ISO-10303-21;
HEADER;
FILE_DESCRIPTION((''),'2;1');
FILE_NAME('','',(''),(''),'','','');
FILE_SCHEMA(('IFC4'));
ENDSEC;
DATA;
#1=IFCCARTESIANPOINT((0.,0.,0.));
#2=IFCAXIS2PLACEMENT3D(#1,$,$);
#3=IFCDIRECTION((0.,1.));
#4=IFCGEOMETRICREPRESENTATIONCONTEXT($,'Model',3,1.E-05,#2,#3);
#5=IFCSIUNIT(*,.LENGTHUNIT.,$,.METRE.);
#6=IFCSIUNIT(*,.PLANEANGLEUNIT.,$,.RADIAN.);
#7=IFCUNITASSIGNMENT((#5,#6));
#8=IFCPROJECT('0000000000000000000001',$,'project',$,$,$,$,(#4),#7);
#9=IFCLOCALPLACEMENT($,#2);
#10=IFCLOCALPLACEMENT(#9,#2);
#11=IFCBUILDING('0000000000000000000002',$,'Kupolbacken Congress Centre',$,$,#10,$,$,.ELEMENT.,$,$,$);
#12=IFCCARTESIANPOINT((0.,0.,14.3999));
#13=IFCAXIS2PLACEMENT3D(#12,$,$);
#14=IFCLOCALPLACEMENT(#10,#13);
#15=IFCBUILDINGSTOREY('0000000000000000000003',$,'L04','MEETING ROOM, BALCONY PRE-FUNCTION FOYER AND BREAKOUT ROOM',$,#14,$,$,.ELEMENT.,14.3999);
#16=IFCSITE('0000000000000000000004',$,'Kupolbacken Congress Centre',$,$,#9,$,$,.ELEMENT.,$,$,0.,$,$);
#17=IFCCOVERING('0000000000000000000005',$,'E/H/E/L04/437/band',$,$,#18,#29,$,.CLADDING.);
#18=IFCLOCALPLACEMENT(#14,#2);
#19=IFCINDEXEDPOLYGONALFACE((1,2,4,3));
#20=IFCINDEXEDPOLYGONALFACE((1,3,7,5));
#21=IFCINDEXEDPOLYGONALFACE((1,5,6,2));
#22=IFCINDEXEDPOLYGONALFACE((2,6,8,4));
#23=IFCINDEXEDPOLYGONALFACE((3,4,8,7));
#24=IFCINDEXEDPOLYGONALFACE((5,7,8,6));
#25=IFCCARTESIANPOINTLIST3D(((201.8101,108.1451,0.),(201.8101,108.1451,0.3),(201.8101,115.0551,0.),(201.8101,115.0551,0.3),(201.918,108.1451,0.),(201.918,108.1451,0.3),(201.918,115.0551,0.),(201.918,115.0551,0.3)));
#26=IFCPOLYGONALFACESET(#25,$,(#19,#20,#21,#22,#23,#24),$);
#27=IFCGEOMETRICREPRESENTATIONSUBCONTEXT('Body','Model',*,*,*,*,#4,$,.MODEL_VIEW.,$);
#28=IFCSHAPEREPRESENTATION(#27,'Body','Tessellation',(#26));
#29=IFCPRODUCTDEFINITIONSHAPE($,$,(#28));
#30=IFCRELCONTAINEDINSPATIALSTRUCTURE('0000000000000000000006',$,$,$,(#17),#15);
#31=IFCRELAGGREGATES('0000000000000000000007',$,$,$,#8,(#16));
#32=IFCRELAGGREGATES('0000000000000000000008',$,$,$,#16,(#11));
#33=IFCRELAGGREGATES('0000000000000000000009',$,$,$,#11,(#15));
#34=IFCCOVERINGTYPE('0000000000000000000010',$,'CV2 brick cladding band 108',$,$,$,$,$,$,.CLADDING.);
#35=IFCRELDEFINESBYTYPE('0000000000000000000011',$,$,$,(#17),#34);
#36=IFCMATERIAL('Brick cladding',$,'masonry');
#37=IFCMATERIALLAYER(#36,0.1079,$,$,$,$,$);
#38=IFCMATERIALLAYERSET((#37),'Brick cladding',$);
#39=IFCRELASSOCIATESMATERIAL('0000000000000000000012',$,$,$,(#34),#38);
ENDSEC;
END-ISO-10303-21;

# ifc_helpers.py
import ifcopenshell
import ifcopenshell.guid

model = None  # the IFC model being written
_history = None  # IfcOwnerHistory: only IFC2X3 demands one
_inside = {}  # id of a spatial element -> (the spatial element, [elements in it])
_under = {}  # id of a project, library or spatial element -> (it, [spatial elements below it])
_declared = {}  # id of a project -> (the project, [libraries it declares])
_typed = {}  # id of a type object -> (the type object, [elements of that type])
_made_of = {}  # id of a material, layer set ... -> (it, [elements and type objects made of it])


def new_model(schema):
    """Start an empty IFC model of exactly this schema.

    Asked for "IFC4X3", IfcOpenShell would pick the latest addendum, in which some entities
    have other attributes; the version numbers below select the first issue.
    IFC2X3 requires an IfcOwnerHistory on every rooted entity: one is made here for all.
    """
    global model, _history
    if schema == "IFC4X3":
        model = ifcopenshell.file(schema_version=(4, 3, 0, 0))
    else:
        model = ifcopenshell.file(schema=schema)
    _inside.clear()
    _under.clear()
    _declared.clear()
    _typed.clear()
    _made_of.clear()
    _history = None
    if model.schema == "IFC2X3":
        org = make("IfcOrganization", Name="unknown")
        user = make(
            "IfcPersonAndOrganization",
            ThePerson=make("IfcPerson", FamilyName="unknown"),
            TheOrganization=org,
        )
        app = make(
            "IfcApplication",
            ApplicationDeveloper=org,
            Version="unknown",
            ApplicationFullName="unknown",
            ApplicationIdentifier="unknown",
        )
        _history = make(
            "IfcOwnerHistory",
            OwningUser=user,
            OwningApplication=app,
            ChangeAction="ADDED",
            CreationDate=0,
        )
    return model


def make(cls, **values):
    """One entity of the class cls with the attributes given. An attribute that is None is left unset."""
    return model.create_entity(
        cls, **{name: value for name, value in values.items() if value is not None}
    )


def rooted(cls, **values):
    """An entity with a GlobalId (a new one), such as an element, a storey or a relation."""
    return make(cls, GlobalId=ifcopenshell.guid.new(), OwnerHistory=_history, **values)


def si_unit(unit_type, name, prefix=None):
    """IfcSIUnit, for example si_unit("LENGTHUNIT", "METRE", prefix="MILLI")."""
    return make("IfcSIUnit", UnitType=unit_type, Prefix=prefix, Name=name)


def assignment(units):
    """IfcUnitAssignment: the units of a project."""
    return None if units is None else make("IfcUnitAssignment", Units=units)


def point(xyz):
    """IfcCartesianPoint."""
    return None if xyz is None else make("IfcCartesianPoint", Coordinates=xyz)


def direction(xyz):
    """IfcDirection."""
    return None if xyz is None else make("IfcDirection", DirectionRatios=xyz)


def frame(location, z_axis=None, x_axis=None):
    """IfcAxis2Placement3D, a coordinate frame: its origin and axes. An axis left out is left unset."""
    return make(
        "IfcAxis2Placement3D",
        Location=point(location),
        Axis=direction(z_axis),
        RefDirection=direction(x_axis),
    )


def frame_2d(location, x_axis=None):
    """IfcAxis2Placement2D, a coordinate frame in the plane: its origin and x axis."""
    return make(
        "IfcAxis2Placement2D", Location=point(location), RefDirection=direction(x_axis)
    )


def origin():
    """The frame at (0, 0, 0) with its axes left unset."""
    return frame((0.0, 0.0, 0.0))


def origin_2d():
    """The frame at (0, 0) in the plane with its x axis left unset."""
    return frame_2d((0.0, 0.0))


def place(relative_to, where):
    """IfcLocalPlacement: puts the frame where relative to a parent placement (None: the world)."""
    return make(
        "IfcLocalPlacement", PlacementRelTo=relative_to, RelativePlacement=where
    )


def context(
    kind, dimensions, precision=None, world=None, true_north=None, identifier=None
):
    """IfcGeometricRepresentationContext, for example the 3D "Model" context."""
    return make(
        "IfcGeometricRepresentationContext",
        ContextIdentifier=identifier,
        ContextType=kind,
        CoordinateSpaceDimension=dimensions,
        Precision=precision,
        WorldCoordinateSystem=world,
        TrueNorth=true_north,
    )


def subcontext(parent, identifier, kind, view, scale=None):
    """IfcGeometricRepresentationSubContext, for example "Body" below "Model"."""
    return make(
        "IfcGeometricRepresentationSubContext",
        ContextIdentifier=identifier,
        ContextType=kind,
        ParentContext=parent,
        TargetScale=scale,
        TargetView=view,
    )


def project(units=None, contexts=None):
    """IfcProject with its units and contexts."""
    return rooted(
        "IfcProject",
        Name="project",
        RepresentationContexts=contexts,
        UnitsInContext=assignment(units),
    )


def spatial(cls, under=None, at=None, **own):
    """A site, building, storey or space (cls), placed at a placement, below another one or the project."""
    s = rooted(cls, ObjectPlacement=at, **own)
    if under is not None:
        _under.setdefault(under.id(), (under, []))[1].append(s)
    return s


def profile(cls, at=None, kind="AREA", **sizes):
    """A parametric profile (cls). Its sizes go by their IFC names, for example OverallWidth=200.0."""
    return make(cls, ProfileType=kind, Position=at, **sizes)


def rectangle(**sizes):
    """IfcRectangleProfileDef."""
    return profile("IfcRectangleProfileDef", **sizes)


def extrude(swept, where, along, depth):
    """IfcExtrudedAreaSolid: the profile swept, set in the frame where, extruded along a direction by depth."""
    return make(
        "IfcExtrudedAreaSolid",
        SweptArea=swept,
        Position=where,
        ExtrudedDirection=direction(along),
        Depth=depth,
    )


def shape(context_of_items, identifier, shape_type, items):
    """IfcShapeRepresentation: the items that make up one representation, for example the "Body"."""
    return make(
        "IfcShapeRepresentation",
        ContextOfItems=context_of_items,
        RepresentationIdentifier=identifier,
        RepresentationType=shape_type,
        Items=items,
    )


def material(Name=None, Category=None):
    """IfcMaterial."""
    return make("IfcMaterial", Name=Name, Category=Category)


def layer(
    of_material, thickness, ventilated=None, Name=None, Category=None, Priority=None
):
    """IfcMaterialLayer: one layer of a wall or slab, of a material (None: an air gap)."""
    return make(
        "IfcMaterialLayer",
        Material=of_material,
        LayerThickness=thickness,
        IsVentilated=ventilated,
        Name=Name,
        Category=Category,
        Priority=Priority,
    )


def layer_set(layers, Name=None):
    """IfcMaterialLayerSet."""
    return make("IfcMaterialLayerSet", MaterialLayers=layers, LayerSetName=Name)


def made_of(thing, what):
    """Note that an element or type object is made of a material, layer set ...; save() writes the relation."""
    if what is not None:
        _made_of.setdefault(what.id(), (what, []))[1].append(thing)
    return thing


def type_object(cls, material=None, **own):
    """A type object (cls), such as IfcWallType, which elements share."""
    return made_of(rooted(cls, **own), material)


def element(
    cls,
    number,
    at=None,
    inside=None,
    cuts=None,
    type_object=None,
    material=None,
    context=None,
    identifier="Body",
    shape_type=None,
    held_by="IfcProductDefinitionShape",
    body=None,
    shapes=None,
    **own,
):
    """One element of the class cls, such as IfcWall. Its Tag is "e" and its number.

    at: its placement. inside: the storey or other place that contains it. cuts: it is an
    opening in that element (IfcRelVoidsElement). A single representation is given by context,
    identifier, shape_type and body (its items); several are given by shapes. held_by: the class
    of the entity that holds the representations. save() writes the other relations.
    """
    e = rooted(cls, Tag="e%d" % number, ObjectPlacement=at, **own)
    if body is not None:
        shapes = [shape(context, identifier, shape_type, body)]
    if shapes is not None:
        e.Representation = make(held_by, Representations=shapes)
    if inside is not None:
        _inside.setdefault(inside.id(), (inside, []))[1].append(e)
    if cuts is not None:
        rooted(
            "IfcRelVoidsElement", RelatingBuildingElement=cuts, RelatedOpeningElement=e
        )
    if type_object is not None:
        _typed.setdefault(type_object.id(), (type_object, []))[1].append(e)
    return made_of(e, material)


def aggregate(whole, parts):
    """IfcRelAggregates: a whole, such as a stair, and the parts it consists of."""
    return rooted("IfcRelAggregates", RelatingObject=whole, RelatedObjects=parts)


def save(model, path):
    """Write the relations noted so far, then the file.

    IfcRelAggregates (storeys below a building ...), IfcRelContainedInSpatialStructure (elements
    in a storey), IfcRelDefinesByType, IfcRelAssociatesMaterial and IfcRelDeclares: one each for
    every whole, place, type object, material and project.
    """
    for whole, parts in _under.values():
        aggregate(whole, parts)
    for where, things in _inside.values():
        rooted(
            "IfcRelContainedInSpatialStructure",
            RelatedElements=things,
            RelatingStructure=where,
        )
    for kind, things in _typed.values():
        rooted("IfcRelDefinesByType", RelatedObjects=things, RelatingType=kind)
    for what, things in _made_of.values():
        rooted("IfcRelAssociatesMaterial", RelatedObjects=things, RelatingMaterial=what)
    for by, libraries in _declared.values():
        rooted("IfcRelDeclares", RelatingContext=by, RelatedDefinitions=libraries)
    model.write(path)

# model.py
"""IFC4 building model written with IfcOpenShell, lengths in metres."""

from ifc_helpers import new_model, si_unit, direction, frame, origin, origin_2d, place, context, subcontext, project, spatial, rectangle, extrude, material, layer, layer_set, type_object, element, save


model = new_model("IFC4")

# Units and contexts
model_context = context("Model", 3, precision=1e-05, world=origin(), true_north=direction((0.0, 1.0)))
body_context = subcontext(model_context, "Body", "Model", "MODEL_VIEW")
ifc_project = project(units=[si_unit("LENGTHUNIT", "METRE"), si_unit("PLANEANGLEUNIT", "RADIAN")], contexts=[model_context])

# Site, building, storey
site_placement = place(None, origin())
site = spatial("IfcSite", under=ifc_project, at=site_placement, Name="Kupolbacken Congress Centre", CompositionType="ELEMENT", RefElevation=0.0)
building_placement = place(site_placement, origin())
building = spatial("IfcBuilding", under=site, at=building_placement, Name="Kupolbacken Congress Centre", CompositionType="ELEMENT")
storey_placement = place(building_placement, frame((0.0, 0.0, 14.3999)))
storey = spatial("IfcBuildingStorey", under=building, at=storey_placement, Name="L04", Description="MEETING ROOM, BALCONY PRE-FUNCTION FOYER AND BREAKOUT ROOM", CompositionType="ELEMENT", Elevation=14.3999)

# Covering
ifc_material_1 = material(Name="Brick cladding", Category="masonry")
ifc_layer_1 = layer(ifc_material_1, 0.1079)
ifc_layer_set_1 = layer_set([ifc_layer_1], Name="Brick cladding")
covering_type = type_object("IfcCoveringType", Name="CV2 brick cladding band 108", PredefinedType="CLADDING", material=ifc_layer_set_1)
covering_placement = place(storey_placement, frame((201.864, 111.6001, 0.0), z_axis=(0.0, 0.0, 1.0), x_axis=(0.0, 1.0, 0.0)))
element("IfcCovering", 1, at=covering_placement, inside=storey, type_object=covering_type, Name="E/H/E/L04/437/band", PredefinedType="CLADDING", context=body_context, shape_type="SweptSolid", body=[
    extrude(rectangle(XDim=6.9099, YDim=0.1079, at=origin_2d()), origin(), (0.0, 0.0, 1.0), 0.3),
])

save(model, "model.ifc")
